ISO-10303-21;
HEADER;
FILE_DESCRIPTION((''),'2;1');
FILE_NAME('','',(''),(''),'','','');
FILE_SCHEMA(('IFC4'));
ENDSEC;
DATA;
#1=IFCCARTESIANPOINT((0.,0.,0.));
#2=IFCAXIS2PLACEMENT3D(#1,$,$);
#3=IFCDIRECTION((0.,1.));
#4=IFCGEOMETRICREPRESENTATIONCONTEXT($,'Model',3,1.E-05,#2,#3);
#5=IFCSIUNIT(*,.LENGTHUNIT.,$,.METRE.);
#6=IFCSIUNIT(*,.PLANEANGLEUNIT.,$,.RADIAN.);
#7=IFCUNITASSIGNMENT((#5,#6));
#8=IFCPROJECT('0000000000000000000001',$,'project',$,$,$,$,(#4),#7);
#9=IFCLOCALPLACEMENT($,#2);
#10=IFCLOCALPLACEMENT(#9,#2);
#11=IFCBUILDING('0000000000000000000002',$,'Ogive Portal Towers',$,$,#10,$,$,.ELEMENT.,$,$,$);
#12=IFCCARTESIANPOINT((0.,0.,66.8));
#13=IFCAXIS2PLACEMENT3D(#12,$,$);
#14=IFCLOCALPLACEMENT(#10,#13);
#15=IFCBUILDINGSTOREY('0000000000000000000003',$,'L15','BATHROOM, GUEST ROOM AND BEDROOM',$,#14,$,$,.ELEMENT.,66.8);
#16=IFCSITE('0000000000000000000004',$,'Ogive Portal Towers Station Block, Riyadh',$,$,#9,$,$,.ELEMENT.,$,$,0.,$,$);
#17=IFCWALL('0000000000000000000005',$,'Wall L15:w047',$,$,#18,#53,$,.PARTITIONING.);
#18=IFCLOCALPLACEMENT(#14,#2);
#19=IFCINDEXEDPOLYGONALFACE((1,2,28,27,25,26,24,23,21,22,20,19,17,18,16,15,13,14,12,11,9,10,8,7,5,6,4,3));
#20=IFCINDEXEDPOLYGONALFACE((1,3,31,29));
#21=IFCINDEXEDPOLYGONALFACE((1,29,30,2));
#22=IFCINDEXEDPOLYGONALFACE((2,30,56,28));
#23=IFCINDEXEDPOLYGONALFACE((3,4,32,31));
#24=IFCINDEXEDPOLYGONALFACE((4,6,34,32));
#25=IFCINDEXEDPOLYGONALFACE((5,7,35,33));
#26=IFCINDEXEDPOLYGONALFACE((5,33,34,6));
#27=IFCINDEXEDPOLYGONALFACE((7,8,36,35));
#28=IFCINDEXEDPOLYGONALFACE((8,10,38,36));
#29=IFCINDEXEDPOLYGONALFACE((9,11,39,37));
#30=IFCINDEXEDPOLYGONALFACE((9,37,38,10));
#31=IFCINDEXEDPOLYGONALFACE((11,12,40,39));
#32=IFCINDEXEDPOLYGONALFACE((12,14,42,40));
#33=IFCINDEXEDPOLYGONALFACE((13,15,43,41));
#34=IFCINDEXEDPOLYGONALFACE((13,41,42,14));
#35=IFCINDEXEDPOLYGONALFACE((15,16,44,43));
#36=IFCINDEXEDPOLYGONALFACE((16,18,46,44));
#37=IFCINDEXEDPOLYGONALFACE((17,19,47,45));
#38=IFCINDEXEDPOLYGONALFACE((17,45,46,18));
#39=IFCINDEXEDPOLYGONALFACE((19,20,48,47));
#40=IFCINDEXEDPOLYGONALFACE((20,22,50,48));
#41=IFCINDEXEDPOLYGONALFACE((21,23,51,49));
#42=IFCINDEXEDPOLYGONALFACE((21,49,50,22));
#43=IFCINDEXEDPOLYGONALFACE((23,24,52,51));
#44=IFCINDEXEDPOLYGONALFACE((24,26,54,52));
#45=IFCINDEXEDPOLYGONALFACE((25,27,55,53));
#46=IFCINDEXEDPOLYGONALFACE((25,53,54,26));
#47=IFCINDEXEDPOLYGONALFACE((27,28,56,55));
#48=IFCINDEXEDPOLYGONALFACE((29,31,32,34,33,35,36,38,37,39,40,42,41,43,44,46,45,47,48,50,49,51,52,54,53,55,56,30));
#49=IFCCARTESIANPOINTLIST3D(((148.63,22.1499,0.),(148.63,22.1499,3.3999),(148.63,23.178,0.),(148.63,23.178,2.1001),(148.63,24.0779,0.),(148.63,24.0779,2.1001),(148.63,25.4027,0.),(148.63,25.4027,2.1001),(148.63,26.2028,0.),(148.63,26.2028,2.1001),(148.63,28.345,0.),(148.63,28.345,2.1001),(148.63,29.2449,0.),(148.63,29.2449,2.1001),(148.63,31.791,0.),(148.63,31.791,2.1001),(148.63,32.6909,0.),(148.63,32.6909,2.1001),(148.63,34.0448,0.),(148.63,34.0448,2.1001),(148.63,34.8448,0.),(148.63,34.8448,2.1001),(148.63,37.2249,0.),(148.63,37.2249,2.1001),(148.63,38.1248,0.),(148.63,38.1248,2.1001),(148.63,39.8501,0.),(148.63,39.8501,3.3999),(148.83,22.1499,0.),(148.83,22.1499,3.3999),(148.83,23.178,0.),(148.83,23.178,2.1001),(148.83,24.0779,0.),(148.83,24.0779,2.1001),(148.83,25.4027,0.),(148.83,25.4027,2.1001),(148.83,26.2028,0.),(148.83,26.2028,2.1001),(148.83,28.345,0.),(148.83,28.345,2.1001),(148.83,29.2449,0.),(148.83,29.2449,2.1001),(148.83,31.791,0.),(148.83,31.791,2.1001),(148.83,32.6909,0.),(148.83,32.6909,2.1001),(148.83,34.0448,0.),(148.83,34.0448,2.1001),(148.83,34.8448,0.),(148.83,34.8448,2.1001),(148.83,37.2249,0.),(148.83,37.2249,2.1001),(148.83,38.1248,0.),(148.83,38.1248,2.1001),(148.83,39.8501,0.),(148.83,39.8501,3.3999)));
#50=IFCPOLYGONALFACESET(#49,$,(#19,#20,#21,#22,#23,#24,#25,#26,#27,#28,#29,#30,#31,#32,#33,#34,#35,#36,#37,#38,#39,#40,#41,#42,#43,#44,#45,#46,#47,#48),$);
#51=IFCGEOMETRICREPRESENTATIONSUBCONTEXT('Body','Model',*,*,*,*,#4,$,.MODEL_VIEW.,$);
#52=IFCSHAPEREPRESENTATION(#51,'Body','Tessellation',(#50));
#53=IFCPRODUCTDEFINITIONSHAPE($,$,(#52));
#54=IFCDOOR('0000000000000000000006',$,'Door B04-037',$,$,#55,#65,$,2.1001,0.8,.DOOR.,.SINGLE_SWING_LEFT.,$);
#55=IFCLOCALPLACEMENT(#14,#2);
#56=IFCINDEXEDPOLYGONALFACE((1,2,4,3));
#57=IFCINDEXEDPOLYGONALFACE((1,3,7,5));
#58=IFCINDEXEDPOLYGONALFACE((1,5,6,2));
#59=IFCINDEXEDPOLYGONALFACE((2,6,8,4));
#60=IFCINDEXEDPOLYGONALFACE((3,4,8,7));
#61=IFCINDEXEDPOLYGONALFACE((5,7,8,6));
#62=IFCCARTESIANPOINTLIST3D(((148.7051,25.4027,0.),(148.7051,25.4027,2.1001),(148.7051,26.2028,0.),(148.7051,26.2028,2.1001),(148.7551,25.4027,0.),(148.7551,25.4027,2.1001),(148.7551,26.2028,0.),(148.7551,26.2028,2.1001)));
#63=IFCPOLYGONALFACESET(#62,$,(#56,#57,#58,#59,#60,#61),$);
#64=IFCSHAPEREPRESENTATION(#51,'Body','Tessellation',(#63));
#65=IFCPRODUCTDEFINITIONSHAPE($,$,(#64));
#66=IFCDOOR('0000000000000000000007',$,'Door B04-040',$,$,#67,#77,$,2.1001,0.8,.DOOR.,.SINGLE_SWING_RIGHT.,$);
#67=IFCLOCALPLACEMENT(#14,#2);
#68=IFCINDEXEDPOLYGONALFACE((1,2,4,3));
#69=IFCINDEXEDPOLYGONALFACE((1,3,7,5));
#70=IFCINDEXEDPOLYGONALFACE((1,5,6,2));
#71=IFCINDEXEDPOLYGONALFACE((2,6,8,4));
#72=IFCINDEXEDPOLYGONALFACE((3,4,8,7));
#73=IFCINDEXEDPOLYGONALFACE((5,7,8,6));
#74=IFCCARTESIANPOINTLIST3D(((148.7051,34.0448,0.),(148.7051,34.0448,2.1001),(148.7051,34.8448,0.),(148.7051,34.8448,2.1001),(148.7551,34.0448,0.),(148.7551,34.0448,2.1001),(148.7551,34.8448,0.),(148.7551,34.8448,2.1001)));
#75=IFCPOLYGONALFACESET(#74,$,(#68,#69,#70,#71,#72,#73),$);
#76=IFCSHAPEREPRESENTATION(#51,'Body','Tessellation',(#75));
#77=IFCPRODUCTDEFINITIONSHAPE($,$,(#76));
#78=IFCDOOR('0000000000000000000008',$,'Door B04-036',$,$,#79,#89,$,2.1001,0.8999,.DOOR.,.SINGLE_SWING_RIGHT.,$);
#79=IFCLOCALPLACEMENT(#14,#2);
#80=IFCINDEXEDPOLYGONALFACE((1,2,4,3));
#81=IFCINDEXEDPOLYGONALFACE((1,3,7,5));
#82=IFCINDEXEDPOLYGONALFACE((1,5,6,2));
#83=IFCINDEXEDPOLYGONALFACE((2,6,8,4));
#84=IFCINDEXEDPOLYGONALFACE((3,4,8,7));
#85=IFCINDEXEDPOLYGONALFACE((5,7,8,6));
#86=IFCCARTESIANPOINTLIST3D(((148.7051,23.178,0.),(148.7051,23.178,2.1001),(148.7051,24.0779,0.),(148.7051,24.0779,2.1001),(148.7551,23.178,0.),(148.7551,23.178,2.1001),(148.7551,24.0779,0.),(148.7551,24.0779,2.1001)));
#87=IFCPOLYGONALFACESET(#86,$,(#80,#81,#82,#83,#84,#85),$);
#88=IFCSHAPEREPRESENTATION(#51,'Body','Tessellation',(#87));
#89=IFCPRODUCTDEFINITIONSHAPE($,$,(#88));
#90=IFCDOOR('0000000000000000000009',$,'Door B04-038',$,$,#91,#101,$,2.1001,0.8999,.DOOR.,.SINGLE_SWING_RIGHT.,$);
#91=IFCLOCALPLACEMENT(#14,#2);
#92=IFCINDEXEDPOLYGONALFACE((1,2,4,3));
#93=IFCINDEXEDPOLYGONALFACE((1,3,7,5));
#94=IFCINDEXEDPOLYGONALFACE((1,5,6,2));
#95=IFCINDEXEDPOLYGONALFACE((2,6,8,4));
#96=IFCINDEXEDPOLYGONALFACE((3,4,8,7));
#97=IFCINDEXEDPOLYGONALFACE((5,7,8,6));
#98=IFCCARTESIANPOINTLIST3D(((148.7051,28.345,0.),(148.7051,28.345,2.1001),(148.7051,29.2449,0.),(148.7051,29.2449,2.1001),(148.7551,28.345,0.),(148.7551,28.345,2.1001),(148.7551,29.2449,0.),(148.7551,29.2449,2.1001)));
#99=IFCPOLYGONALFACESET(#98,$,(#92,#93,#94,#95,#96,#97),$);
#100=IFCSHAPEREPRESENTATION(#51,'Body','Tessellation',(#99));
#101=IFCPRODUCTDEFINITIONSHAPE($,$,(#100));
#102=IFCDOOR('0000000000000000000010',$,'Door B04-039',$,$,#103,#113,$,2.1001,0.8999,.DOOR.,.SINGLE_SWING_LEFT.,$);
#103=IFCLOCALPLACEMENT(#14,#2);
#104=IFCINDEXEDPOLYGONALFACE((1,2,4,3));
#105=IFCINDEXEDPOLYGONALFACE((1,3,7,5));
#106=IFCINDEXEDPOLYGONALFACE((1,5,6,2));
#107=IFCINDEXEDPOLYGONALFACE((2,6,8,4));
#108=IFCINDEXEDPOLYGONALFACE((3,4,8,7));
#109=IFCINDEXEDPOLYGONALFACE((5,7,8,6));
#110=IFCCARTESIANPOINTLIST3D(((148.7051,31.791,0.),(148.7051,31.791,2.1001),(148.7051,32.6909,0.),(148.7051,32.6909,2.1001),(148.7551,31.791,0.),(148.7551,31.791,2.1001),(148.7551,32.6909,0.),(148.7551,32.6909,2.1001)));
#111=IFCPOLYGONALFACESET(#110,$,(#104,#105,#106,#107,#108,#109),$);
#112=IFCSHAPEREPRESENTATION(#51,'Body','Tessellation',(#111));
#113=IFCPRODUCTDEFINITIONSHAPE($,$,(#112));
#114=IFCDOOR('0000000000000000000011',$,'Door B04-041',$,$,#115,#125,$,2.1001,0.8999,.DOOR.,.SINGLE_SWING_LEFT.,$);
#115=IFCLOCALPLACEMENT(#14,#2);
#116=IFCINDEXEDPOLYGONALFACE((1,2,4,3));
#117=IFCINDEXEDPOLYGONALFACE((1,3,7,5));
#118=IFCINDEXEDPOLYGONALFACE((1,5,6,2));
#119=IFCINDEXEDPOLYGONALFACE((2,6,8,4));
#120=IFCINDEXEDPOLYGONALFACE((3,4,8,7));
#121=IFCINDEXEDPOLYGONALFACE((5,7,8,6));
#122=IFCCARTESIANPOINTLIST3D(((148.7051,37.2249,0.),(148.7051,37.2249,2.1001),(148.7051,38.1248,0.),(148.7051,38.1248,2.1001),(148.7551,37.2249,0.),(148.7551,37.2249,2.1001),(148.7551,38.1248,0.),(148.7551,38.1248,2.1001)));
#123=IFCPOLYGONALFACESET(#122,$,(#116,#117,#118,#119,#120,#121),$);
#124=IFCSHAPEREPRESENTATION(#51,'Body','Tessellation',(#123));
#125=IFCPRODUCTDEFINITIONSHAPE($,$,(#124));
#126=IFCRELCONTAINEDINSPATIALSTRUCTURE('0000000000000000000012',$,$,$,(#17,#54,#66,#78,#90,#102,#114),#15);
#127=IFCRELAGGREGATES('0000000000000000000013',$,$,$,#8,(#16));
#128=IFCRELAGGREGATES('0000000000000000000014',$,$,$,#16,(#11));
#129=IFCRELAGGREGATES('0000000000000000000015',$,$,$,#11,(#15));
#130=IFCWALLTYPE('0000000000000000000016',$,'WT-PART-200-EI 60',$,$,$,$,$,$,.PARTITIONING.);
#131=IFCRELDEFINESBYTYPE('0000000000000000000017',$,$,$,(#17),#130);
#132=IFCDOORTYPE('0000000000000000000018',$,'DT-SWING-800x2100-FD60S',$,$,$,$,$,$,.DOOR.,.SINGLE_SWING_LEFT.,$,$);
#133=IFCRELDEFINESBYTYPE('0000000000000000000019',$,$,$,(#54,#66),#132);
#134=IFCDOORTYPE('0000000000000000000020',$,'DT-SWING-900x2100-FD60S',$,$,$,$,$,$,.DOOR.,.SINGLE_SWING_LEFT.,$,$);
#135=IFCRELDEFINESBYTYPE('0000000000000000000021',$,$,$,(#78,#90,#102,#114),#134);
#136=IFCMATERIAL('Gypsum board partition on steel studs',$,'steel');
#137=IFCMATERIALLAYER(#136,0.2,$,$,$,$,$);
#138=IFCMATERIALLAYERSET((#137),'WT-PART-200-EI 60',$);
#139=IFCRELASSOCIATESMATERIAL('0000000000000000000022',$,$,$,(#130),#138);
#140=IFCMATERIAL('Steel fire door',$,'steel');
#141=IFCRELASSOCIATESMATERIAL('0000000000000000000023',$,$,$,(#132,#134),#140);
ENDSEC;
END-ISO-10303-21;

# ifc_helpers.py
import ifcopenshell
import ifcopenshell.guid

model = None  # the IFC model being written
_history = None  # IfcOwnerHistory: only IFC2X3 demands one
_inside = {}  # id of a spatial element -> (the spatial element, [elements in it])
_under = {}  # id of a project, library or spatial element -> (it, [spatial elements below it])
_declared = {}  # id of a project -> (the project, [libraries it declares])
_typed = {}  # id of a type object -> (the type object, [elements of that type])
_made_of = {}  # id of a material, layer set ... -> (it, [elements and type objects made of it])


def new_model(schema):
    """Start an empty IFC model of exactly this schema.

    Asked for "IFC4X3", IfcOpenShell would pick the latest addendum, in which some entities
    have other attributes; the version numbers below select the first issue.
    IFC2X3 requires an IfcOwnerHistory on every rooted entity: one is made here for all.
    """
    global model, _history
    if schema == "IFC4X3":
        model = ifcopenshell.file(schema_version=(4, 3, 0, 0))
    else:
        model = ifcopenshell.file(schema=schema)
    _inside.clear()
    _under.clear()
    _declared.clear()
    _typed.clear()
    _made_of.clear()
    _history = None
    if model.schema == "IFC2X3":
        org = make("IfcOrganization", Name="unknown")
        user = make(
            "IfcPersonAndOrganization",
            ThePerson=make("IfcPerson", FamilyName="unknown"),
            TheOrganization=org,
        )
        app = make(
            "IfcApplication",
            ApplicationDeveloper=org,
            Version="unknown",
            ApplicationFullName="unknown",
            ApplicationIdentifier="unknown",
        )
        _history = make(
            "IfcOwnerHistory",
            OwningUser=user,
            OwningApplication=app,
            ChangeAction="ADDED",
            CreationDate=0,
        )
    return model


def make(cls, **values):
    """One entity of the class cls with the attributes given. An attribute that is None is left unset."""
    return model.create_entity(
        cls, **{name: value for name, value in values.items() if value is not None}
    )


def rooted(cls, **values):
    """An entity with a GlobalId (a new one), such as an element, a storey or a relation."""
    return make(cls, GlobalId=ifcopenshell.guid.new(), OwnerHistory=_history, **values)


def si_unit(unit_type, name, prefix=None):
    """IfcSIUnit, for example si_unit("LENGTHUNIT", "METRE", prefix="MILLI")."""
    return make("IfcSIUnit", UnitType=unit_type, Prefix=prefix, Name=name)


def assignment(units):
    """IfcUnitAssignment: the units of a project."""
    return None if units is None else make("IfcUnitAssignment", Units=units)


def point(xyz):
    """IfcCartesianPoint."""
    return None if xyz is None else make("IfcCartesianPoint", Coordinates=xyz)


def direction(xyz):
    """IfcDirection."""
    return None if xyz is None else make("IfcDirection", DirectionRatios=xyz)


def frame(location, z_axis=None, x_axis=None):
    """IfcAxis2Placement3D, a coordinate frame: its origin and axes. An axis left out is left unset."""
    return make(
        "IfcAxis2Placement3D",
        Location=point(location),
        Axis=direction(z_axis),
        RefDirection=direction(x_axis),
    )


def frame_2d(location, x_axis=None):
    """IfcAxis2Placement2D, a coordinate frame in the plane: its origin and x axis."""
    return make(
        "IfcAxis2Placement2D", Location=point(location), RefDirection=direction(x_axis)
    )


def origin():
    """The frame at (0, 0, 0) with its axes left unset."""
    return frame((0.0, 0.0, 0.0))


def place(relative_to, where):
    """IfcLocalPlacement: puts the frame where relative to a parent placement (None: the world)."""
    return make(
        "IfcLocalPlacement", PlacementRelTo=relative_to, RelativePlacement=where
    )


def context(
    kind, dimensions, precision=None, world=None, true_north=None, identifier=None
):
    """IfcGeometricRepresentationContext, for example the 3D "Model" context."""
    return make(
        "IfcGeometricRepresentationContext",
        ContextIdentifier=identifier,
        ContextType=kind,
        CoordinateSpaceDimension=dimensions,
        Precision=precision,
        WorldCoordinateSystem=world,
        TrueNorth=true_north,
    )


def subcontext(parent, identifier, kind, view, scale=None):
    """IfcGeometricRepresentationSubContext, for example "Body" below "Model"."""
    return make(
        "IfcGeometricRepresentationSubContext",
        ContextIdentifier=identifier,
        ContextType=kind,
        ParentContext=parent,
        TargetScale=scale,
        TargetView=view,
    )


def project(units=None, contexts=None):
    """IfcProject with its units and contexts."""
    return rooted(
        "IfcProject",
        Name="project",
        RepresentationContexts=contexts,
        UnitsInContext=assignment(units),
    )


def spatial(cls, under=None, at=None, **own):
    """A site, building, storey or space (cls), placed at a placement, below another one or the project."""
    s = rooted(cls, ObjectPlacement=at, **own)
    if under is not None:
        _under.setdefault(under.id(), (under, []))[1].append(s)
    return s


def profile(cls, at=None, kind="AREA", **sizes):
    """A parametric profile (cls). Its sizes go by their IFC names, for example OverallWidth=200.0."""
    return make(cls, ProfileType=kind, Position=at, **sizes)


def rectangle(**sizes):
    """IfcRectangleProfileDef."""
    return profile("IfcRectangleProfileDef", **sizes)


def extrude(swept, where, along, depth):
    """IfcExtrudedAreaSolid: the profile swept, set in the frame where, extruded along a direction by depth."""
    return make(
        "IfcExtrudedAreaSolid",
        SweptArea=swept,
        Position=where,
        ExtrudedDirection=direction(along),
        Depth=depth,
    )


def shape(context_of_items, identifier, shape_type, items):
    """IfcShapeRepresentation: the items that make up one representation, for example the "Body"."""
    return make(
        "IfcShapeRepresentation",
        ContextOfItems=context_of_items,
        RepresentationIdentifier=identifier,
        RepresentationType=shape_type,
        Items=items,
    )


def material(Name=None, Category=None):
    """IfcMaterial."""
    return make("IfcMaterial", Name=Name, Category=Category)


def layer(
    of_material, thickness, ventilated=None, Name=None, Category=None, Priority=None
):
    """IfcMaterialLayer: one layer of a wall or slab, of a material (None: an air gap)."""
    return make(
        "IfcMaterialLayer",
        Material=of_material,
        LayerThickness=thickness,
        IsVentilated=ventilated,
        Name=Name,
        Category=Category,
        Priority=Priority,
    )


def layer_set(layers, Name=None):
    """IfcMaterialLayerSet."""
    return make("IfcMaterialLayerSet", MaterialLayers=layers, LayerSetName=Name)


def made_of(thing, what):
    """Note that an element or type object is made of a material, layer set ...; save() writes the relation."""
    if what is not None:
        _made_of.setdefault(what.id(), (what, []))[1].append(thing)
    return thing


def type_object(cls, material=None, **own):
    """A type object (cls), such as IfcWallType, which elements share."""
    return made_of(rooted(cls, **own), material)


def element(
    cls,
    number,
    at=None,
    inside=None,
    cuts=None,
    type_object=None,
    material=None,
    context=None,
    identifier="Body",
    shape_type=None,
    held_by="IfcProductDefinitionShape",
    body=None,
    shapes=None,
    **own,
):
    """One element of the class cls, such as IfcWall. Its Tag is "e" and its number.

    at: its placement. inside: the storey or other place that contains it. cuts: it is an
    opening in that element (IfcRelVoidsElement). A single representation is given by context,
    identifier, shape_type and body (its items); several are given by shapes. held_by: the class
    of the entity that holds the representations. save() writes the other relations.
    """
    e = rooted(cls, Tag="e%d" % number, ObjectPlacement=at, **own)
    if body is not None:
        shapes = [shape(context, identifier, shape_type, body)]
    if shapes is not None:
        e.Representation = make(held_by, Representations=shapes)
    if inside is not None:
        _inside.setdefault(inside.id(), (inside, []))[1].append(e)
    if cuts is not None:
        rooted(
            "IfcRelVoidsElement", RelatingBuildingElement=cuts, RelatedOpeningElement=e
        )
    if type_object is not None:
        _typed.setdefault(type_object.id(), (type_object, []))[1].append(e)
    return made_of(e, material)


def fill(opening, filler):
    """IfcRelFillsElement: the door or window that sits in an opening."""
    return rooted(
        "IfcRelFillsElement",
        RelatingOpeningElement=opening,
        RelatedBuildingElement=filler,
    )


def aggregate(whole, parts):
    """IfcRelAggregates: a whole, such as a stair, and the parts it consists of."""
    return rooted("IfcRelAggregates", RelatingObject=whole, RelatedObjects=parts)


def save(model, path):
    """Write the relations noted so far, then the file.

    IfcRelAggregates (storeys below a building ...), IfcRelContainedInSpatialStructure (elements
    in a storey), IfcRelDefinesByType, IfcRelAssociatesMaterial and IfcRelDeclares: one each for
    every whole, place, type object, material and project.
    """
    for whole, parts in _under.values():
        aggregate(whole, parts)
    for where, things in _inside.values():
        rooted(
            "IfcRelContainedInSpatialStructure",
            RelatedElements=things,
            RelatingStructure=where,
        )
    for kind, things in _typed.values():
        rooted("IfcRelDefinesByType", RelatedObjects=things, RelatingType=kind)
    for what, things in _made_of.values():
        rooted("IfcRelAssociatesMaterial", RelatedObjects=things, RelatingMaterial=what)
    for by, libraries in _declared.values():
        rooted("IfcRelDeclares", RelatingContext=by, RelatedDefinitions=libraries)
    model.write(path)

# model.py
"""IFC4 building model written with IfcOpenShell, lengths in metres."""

from ifc_helpers import new_model, si_unit, direction, frame, frame_2d, origin, place, context, subcontext, project, spatial, rectangle, extrude, material, layer, layer_set, type_object, element, fill, save


model = new_model("IFC4")

# Units and contexts
model_context = context("Model", 3, precision=1e-05, world=origin(), true_north=direction((0.0, 1.0)))
body_context = subcontext(model_context, "Body", "Model", "MODEL_VIEW")
ifc_project = project(units=[si_unit("LENGTHUNIT", "METRE"), si_unit("PLANEANGLEUNIT", "RADIAN")], contexts=[model_context])

# Site, building, storey
site_placement = place(None, origin())
site = spatial("IfcSite", under=ifc_project, at=site_placement, Name="Ogive Portal Towers Station Block, Riyadh", CompositionType="ELEMENT", RefElevation=0.0)
building_placement = place(site_placement, origin())
building = spatial("IfcBuilding", under=site, at=building_placement, Name="Ogive Portal Towers", CompositionType="ELEMENT")
storey_placement = place(building_placement, frame((0.0, 0.0, 66.8)))
storey = spatial("IfcBuildingStorey", under=building, at=storey_placement, Name="L15", Description="BATHROOM, GUEST ROOM AND BEDROOM", CompositionType="ELEMENT", Elevation=66.8)

# Shared definitions
ifc_material_1 = material(Name="Gypsum board partition on steel studs", Category="steel")
ifc_layer_1 = layer(ifc_material_1, 0.2)
ifc_layer_set_1 = layer_set([ifc_layer_1], Name="WT-PART-200-EI 60")
wall_type_1 = type_object("IfcWallType", Name="WT-PART-200-EI 60", PredefinedType="PARTITIONING", material=ifc_layer_set_1)
ifc_material_2 = material(Name="Steel fire door", Category="steel")
door_type_1 = type_object("IfcDoorType", Name="DT-SWING-800x2100-FD60S", OperationType="SINGLE_SWING_LEFT", PredefinedType="DOOR", material=ifc_material_2)
door_type_2 = type_object("IfcDoorType", Name="DT-SWING-900x2100-FD60S", OperationType="SINGLE_SWING_LEFT", PredefinedType="DOOR", material=ifc_material_2)

# Wall, openings, doors
wall_1_placement = place(storey_placement, frame((148.73, 22.1499, 0.0), z_axis=(0.0, 0.0, 1.0), x_axis=(0.0, 1.0, 0.0)))
wall_1 = element("IfcWall", 1, at=wall_1_placement, inside=storey, type_object=wall_type_1, Name="Wall L15:w047", PredefinedType="PARTITIONING", context=body_context, shape_type="SweptSolid", body=[
    extrude(rectangle(XDim=17.7002, YDim=0.2, at=frame_2d((8.8501, 0.0))), origin(), (0.0, 0.0, 1.0), 3.3999),
])
opening_1_placement = place(wall_1_placement, frame((1.0281, 0.0, 0.0)))
opening_1 = element("IfcOpeningElement", 2, at=opening_1_placement, cuts=wall_1, PredefinedType="OPENING", context=body_context, shape_type="SweptSolid", body=[
    extrude(rectangle(XDim=0.8999, YDim=2.1001, at=frame_2d((0.45, 1.05))), frame((0.0, 0.1099, 0.0), z_axis=(0.0, -1.0, 0.0), x_axis=(1.0, 0.0, 0.0)), (0.0, 0.0, 1.0), 0.22),
])
opening_2_placement = place(wall_1_placement, frame((3.2529, 0.0, 0.0)))
opening_2 = element("IfcOpeningElement", 3, at=opening_2_placement, cuts=wall_1, PredefinedType="OPENING", context=body_context, shape_type="SweptSolid", body=[
    extrude(rectangle(XDim=0.8, YDim=2.1001, at=frame_2d((0.3999, 1.05))), frame((0.0, 0.1099, 0.0), z_axis=(0.0, -1.0, 0.0), x_axis=(1.0, 0.0, 0.0)), (0.0, 0.0, 1.0), 0.22),
])
opening_3_placement = place(wall_1_placement, frame((6.1951, 0.0, 0.0)))
opening_3 = element("IfcOpeningElement", 4, at=opening_3_placement, cuts=wall_1, PredefinedType="OPENING", context=body_context, shape_type="SweptSolid", body=[
    extrude(rectangle(XDim=0.8999, YDim=2.1001, at=frame_2d((0.45, 1.05))), frame((0.0, 0.1099, 0.0), z_axis=(0.0, -1.0, 0.0), x_axis=(1.0, 0.0, 0.0)), (0.0, 0.0, 1.0), 0.22),
])
opening_4_placement = place(wall_1_placement, frame((9.6411, 0.0, 0.0)))
opening_4 = element("IfcOpeningElement", 5, at=opening_4_placement, cuts=wall_1, PredefinedType="OPENING", context=body_context, shape_type="SweptSolid", body=[
    extrude(rectangle(XDim=0.8999, YDim=2.1001, at=frame_2d((0.45, 1.05))), frame((0.0, 0.1099, 0.0), z_axis=(0.0, -1.0, 0.0), x_axis=(1.0, 0.0, 0.0)), (0.0, 0.0, 1.0), 0.22),
])
opening_5_placement = place(wall_1_placement, frame((11.895, 0.0, 0.0)))
opening_5 = element("IfcOpeningElement", 6, at=opening_5_placement, cuts=wall_1, PredefinedType="OPENING", context=body_context, shape_type="SweptSolid", body=[
    extrude(rectangle(XDim=0.8, YDim=2.1001, at=frame_2d((0.3999, 1.05))), frame((0.0, 0.1099, 0.0), z_axis=(0.0, -1.0, 0.0), x_axis=(1.0, 0.0, 0.0)), (0.0, 0.0, 1.0), 0.22),
])
opening_6_placement = place(wall_1_placement, frame((15.075, 0.0, 0.0)))
opening_6 = element("IfcOpeningElement", 7, at=opening_6_placement, cuts=wall_1, PredefinedType="OPENING", context=body_context, shape_type="SweptSolid", body=[
    extrude(rectangle(XDim=0.8999, YDim=2.1001, at=frame_2d((0.45, 1.05))), frame((0.0, 0.1099, 0.0), z_axis=(0.0, -1.0, 0.0), x_axis=(1.0, 0.0, 0.0)), (0.0, 0.0, 1.0), 0.22),
])
door_1_placement = place(opening_2_placement, origin())
door_1 = element("IfcDoor", 8, at=door_1_placement, inside=storey, type_object=door_type_1, Name="Door B04-037", OperationType="SINGLE_SWING_LEFT", OverallHeight=2.1001, OverallWidth=0.8, PredefinedType="DOOR", context=body_context, shape_type="SweptSolid", body=[
    extrude(rectangle(XDim=0.8, YDim=2.1001, at=frame_2d((0.3999, 1.05))), frame((0.0, 0.0249, 0.0), z_axis=(0.0, -1.0, 0.0), x_axis=(1.0, 0.0, 0.0)), (0.0, 0.0, 1.0), 0.05),
])
fill(opening_2, door_1)
door_2_placement = place(opening_5_placement, origin())
door_2 = element("IfcDoor", 9, at=door_2_placement, inside=storey, type_object=door_type_1, Name="Door B04-040", OperationType="SINGLE_SWING_RIGHT", OverallHeight=2.1001, OverallWidth=0.8, PredefinedType="DOOR", context=body_context, shape_type="SweptSolid", body=[
    extrude(rectangle(XDim=0.8, YDim=2.1001, at=frame_2d((0.3999, 1.05))), frame((0.0, 0.0249, 0.0), z_axis=(0.0, -1.0, 0.0), x_axis=(1.0, 0.0, 0.0)), (0.0, 0.0, 1.0), 0.05),
])
fill(opening_5, door_2)
door_3_placement = place(opening_1_placement, origin())
door_3 = element("IfcDoor", 10, at=door_3_placement, inside=storey, type_object=door_type_2, Name="Door B04-036", OperationType="SINGLE_SWING_RIGHT", OverallHeight=2.1001, OverallWidth=0.8999, PredefinedType="DOOR", context=body_context, shape_type="SweptSolid", body=[
    extrude(rectangle(XDim=0.8999, YDim=2.1001, at=frame_2d((0.45, 1.05))), frame((0.0, 0.0249, 0.0), z_axis=(0.0, -1.0, 0.0), x_axis=(1.0, 0.0, 0.0)), (0.0, 0.0, 1.0), 0.05),
])
fill(opening_1, door_3)
door_4_placement = place(opening_3_placement, origin())
door_4 = element("IfcDoor", 11, at=door_4_placement, inside=storey, type_object=door_type_2, Name="Door B04-038", OperationType="SINGLE_SWING_RIGHT", OverallHeight=2.1001, OverallWidth=0.8999, PredefinedType="DOOR", context=body_context, shape_type="SweptSolid", body=[
    extrude(rectangle(XDim=0.8999, YDim=2.1001, at=frame_2d((0.45, 1.05))), frame((0.0, 0.0249, 0.0), z_axis=(0.0, -1.0, 0.0), x_axis=(1.0, 0.0, 0.0)), (0.0, 0.0, 1.0), 0.05),
])
fill(opening_3, door_4)
door_5_placement = place(opening_4_placement, origin())
door_5 = element("IfcDoor", 12, at=door_5_placement, inside=storey, type_object=door_type_2, Name="Door B04-039", OperationType="SINGLE_SWING_LEFT", OverallHeight=2.1001, OverallWidth=0.8999, PredefinedType="DOOR", context=body_context, shape_type="SweptSolid", body=[
    extrude(rectangle(XDim=0.8999, YDim=2.1001, at=frame_2d((0.45, 1.05))), frame((0.0, 0.0249, 0.0), z_axis=(0.0, -1.0, 0.0), x_axis=(1.0, 0.0, 0.0)), (0.0, 0.0, 1.0), 0.05),
])
fill(opening_4, door_5)
door_6_placement = place(opening_6_placement, origin())
door_6 = element("IfcDoor", 13, at=door_6_placement, inside=storey, type_object=door_type_2, Name="Door B04-041", OperationType="SINGLE_SWING_LEFT", OverallHeight=2.1001, OverallWidth=0.8999, PredefinedType="DOOR", context=body_context, shape_type="SweptSolid", body=[
    extrude(rectangle(XDim=0.8999, YDim=2.1001, at=frame_2d((0.45, 1.05))), frame((0.0, 0.0249, 0.0), z_axis=(0.0, -1.0, 0.0), x_axis=(1.0, 0.0, 0.0)), (0.0, 0.0, 1.0), 0.05),
])
fill(opening_6, door_6)

save(model, "model.ifc")
